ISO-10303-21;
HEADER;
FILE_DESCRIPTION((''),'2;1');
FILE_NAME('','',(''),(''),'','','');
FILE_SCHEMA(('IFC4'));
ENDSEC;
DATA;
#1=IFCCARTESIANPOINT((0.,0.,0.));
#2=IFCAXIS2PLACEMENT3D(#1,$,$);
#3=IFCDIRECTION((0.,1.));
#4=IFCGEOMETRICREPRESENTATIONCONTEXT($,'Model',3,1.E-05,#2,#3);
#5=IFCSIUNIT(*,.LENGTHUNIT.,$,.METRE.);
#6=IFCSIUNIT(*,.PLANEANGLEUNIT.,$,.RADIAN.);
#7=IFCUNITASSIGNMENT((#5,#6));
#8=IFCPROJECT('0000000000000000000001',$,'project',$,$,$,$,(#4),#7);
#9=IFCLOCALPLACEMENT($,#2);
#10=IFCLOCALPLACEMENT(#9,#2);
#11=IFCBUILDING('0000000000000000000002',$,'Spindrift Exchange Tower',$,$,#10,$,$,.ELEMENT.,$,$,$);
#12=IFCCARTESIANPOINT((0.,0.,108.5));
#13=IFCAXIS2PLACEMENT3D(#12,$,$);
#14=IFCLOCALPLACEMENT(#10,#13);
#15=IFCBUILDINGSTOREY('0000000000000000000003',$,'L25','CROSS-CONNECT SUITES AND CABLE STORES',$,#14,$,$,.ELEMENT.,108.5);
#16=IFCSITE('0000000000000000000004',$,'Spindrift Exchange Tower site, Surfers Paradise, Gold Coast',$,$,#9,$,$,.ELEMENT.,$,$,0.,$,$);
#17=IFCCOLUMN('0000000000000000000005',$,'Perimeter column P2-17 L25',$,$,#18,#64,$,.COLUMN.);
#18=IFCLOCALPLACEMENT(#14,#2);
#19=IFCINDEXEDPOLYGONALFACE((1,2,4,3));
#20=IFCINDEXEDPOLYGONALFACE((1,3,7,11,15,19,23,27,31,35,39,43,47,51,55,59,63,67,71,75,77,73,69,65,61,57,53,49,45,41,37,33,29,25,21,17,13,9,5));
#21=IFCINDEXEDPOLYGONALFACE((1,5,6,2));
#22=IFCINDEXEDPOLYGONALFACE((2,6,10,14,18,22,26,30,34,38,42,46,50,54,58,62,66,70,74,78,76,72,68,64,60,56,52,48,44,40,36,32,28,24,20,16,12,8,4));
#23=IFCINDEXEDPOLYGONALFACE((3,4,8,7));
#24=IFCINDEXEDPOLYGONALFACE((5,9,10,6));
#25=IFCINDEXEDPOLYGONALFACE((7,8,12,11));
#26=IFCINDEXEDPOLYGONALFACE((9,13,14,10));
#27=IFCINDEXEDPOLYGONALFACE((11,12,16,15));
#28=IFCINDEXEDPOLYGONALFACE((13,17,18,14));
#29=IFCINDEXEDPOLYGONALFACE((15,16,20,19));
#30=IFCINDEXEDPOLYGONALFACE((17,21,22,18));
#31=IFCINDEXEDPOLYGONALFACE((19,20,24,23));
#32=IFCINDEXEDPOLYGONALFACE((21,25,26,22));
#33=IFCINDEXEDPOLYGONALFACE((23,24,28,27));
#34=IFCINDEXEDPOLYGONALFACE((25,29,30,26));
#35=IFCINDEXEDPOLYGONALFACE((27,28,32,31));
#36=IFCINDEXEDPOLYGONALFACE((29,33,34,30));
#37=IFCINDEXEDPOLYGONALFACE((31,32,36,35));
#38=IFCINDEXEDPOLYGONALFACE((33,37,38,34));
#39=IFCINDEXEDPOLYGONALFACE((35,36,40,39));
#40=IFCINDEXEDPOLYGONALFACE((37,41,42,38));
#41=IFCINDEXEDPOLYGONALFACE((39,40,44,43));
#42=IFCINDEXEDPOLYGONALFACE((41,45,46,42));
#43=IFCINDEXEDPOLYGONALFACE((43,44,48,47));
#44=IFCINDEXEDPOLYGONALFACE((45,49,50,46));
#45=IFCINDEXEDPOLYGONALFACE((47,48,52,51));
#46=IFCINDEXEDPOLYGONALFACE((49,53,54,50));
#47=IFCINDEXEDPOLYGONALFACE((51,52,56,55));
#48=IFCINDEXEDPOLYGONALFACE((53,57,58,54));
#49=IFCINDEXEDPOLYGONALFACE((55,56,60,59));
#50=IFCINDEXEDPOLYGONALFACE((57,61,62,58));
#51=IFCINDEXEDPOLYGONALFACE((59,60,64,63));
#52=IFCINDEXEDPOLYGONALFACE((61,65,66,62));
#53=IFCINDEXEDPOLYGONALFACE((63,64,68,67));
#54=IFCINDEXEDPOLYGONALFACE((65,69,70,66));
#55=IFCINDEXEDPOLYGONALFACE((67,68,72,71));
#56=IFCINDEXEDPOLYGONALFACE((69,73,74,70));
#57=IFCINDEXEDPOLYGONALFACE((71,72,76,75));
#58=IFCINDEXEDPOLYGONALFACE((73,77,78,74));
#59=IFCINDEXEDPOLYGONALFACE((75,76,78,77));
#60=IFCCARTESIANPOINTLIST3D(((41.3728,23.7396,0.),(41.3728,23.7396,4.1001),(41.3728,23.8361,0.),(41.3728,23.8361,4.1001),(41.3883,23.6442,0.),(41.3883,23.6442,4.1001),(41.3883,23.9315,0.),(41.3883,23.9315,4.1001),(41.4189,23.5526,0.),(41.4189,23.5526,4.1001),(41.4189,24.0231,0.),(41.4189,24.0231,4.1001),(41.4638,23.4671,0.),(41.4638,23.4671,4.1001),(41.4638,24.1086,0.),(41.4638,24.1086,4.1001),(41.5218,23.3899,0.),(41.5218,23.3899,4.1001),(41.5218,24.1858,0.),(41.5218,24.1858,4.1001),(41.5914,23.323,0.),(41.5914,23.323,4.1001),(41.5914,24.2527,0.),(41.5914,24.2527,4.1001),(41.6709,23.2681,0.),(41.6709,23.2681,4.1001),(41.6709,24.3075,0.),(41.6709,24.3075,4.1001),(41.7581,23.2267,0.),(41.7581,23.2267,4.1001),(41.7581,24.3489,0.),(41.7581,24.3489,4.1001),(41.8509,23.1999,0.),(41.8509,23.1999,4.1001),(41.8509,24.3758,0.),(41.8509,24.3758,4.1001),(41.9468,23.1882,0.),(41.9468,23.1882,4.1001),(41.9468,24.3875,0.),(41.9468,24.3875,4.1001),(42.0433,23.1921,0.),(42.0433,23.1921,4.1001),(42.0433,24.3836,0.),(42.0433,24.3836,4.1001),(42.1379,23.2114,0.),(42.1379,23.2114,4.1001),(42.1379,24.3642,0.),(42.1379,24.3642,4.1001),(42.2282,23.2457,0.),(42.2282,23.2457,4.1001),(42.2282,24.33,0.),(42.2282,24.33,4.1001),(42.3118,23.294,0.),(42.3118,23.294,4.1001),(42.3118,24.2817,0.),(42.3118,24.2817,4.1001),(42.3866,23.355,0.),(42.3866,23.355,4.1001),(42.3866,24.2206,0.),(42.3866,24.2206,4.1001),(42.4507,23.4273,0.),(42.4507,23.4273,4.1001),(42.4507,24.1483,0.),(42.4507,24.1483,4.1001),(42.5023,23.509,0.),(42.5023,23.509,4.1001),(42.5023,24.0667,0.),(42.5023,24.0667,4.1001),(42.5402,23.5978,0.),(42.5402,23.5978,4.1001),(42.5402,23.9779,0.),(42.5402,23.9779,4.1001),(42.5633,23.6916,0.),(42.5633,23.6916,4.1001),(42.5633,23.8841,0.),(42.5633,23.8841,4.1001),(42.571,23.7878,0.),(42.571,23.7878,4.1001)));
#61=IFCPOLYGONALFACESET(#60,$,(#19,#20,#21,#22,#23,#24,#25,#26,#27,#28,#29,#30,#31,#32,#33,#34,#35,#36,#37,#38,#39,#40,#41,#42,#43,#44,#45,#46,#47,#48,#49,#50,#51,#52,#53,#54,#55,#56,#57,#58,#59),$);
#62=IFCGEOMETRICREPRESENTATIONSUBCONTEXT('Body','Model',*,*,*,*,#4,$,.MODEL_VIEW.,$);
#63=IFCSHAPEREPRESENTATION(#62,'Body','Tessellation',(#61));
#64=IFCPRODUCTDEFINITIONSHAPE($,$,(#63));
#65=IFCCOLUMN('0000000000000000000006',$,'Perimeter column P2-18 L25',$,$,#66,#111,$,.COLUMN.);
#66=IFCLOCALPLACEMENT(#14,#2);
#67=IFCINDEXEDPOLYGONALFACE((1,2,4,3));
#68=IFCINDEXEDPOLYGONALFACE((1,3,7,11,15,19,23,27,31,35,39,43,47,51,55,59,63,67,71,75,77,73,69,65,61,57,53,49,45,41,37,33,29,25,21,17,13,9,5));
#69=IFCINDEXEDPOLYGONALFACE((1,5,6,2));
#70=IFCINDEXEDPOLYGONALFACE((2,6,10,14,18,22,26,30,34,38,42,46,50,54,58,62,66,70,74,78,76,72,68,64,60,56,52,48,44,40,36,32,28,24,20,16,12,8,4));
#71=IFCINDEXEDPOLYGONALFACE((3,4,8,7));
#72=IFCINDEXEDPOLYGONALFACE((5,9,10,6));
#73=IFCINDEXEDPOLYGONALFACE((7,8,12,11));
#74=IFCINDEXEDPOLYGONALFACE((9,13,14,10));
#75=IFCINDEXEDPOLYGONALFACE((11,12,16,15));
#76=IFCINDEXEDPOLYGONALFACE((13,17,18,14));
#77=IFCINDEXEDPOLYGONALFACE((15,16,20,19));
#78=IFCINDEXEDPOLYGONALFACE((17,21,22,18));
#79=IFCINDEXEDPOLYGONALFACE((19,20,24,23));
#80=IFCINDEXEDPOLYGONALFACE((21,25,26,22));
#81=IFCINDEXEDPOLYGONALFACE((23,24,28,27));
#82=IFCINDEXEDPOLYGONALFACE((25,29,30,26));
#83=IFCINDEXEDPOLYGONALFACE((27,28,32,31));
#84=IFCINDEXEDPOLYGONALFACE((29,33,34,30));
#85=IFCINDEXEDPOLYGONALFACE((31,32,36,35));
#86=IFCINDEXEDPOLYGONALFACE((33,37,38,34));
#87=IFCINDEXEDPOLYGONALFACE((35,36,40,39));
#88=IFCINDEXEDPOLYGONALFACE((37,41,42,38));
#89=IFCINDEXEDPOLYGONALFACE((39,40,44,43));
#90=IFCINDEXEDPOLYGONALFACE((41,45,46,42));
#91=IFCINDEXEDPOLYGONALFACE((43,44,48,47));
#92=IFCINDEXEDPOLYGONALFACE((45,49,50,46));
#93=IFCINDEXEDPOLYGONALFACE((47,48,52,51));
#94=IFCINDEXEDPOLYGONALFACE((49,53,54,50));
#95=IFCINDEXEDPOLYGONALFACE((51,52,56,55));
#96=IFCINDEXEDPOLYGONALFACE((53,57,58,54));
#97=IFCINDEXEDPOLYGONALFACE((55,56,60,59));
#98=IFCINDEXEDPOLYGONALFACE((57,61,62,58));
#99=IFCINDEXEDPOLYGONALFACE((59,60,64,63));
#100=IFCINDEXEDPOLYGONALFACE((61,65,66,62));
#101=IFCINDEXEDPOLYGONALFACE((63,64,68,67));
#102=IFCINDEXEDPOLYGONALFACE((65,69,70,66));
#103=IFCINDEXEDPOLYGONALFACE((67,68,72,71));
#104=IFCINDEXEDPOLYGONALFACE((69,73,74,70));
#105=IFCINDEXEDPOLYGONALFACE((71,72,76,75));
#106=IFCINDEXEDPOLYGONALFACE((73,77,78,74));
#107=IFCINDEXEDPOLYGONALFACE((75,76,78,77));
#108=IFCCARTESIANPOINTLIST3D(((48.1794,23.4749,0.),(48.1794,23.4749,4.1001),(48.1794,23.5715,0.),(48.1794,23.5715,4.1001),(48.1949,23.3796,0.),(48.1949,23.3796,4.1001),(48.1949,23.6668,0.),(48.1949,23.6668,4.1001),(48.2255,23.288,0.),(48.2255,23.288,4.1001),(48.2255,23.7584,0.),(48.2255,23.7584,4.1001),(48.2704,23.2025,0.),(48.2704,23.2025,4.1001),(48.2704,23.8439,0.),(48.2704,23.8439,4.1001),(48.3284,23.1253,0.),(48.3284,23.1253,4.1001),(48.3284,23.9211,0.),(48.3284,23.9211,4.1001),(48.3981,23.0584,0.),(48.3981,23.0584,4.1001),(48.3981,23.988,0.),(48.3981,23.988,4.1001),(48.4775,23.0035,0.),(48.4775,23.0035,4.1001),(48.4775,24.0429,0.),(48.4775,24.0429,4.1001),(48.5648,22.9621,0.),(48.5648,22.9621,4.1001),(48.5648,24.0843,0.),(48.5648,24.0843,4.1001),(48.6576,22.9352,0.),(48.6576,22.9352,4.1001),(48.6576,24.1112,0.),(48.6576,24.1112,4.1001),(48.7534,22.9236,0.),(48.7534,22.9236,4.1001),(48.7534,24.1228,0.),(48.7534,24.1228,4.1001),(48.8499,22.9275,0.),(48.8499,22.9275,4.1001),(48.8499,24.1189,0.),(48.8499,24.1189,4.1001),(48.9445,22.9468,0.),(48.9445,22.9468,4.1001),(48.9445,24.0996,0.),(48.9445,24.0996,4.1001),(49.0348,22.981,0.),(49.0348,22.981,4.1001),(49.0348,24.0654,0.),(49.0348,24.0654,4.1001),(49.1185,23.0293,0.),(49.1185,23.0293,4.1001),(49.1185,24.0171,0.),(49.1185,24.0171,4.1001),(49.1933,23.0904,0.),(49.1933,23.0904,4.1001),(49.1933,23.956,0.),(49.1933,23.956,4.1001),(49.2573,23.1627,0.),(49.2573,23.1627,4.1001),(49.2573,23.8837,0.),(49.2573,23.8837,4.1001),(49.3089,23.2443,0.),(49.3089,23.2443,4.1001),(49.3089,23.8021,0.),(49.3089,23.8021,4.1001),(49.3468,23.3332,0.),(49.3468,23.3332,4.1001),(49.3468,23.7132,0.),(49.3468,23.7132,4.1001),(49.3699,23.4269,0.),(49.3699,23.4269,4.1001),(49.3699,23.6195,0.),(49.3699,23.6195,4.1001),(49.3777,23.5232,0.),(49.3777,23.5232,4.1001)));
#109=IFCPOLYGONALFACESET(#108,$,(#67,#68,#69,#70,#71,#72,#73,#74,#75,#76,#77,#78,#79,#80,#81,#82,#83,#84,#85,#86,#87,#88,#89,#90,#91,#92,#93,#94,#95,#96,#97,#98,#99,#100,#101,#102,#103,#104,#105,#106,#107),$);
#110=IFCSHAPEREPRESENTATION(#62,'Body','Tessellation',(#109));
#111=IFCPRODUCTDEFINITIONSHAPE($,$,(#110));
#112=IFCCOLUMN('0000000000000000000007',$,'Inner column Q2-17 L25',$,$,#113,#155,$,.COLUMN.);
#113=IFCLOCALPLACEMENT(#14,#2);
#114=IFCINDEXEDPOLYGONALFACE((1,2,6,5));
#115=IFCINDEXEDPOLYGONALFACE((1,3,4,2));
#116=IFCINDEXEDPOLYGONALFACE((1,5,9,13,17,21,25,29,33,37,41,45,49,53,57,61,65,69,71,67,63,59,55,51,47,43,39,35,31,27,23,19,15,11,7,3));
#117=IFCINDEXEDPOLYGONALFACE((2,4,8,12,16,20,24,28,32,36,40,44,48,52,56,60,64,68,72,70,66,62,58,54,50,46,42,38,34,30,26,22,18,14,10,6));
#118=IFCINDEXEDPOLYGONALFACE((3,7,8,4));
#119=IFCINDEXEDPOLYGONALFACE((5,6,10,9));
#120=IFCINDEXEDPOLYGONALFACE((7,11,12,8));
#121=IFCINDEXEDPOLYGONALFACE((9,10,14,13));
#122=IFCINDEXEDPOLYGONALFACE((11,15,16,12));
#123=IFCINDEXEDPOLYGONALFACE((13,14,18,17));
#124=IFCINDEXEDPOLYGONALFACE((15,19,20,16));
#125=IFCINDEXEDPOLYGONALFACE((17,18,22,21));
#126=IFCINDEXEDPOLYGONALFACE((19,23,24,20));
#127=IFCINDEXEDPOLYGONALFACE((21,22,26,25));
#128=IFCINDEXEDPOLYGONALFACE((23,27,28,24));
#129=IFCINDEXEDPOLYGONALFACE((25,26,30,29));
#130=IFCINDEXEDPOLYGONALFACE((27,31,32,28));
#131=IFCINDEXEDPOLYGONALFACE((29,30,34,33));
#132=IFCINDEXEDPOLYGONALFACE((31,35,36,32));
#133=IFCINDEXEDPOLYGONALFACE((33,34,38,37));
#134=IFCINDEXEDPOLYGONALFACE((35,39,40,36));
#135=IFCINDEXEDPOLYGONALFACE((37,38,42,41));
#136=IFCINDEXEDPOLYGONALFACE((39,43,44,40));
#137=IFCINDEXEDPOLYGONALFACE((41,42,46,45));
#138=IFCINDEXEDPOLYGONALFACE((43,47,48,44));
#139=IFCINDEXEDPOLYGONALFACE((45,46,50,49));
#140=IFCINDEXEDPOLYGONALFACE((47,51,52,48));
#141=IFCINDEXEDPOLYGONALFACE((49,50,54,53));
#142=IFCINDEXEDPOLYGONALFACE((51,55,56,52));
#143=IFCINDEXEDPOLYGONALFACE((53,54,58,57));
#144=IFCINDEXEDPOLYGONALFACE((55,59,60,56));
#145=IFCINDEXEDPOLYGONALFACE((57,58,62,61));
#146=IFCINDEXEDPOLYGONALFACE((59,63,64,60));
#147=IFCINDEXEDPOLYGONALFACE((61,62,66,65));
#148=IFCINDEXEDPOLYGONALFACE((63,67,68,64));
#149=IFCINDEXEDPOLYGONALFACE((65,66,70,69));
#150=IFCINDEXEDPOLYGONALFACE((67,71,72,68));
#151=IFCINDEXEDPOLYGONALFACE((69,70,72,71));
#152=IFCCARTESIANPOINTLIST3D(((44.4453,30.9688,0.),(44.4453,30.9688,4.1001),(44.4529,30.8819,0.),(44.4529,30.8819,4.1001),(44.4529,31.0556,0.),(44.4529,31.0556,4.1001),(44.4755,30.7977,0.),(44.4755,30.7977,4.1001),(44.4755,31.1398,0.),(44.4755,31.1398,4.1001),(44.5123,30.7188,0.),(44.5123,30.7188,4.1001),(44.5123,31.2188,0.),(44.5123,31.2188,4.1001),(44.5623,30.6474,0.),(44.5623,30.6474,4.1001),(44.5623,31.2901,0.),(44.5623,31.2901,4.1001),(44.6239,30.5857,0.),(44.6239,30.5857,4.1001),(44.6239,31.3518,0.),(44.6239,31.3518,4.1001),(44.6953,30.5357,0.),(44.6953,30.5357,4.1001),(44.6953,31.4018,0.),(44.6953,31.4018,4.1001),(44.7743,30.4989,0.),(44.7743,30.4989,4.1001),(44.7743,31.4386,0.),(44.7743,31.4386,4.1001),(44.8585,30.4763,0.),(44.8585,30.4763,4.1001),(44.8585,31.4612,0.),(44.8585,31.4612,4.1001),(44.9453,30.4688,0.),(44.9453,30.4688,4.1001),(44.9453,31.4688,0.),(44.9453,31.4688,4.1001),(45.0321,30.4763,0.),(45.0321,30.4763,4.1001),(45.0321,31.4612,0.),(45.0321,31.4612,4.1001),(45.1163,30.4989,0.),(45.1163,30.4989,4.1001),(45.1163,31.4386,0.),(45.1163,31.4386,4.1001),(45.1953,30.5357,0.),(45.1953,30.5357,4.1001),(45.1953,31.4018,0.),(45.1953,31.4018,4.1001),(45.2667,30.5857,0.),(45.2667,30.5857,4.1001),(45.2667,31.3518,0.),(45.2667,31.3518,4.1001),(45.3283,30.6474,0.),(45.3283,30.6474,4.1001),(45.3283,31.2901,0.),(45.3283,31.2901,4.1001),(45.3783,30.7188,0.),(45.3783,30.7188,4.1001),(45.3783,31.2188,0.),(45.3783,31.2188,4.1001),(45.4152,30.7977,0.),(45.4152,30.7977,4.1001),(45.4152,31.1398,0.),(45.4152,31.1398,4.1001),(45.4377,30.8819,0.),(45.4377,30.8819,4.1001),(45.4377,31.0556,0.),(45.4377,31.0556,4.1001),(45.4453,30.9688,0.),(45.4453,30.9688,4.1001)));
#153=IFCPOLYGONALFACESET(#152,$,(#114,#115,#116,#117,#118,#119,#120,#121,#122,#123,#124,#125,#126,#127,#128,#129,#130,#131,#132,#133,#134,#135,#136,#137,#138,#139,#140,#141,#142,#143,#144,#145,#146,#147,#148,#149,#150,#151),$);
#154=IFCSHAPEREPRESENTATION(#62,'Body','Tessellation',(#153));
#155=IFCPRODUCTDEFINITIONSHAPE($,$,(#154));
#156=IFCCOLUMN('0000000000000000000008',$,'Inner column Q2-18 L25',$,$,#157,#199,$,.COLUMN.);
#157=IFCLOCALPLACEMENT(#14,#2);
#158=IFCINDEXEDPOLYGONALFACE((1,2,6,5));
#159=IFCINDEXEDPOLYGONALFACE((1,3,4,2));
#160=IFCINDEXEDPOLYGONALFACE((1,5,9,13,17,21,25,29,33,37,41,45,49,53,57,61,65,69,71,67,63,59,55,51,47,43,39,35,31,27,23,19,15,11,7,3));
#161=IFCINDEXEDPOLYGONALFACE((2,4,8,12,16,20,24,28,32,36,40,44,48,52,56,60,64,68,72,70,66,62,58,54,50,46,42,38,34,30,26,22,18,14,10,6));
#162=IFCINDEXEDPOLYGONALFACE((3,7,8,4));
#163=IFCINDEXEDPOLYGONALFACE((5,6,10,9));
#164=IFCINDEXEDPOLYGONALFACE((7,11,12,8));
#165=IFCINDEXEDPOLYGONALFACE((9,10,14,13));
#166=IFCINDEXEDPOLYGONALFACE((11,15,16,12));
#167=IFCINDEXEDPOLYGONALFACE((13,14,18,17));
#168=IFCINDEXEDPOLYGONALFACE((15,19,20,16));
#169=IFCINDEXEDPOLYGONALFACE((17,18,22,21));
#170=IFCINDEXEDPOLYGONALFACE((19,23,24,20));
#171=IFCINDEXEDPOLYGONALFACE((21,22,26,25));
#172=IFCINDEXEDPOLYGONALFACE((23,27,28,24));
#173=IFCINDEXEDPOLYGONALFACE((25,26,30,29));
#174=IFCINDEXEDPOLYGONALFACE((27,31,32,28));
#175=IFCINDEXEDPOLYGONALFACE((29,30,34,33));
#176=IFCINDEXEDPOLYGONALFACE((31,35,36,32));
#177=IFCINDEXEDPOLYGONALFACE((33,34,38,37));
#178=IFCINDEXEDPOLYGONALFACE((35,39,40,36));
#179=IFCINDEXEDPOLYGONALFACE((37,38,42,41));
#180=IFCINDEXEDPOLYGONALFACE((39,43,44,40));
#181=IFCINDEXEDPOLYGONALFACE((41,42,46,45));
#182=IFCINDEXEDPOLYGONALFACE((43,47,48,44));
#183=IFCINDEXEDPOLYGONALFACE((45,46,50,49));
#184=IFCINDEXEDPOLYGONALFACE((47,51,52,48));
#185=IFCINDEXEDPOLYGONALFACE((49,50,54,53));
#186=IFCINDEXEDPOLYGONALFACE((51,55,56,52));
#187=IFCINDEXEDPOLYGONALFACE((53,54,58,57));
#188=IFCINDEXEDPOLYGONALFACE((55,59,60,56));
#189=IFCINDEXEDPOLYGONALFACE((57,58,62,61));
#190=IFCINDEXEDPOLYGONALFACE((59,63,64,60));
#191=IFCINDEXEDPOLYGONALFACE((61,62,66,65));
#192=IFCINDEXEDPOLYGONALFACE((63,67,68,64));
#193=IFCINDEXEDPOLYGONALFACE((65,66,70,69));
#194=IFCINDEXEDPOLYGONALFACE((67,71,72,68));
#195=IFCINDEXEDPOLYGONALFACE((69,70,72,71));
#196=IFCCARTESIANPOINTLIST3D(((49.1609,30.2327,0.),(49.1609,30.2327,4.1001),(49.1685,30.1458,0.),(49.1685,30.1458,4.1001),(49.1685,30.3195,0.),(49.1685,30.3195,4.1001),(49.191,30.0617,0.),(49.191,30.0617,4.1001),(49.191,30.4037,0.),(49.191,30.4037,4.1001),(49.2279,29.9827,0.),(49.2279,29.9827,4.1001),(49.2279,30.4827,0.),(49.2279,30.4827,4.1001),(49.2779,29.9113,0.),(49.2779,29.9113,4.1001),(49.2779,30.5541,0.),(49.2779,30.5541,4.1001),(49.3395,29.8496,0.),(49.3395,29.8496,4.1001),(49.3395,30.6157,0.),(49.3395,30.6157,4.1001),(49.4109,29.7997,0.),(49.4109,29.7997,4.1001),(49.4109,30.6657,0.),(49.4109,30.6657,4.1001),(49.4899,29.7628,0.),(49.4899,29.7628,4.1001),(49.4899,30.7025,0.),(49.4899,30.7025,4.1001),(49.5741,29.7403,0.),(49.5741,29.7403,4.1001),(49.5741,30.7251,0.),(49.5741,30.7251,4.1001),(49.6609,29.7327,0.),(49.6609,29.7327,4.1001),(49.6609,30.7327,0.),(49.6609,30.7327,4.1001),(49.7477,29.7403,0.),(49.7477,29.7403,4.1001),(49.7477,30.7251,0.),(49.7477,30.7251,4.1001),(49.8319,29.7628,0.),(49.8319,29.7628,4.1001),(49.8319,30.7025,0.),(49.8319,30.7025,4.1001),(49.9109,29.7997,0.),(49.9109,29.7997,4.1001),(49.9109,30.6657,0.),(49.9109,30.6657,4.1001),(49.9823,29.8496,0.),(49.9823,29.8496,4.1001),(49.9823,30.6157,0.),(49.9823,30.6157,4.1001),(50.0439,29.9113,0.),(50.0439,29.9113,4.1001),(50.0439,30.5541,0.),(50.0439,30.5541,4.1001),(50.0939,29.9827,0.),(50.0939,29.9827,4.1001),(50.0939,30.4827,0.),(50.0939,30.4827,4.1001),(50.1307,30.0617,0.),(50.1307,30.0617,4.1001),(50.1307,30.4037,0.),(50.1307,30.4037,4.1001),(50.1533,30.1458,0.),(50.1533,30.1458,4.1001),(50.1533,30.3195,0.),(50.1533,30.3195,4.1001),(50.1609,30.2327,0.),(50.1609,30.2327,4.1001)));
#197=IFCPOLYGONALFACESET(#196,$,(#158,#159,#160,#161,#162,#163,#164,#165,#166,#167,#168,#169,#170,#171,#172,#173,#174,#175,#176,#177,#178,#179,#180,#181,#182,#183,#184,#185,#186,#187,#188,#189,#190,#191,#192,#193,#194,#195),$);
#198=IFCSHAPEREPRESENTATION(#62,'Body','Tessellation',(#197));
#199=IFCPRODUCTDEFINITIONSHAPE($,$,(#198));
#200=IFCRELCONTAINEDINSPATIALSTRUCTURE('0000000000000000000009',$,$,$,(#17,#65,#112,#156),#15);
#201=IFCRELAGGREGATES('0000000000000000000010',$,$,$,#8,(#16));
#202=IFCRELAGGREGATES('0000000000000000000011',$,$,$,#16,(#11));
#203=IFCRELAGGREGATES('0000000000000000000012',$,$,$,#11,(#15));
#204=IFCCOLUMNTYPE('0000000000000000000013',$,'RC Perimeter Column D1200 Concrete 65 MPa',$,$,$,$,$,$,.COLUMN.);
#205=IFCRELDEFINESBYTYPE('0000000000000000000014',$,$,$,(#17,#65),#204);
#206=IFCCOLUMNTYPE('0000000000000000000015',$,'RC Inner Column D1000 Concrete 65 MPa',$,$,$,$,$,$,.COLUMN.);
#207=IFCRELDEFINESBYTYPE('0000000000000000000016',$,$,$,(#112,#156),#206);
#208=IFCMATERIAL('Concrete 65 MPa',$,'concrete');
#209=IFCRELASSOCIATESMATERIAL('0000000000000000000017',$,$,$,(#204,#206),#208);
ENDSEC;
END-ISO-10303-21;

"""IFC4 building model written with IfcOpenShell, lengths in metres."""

from ifc_helpers import new_model, si_unit, direction, frame, origin, origin_2d, place, context, subcontext, project, spatial, circle, extrude, source, transform, mapped, material, material_profile, profile_set, type_object, element, save


model = new_model("IFC4")

# Units and contexts
model_context = context("Model", 3, precision=1e-05, world=origin(), true_north=direction((0.0, 1.0)))
body_context = subcontext(model_context, "Body", "Model", "MODEL_VIEW")
ifc_project = project(units=[si_unit("LENGTHUNIT", "METRE"), si_unit("PLANEANGLEUNIT", "RADIAN")], contexts=[model_context])

# Site, building, storey
site_placement = place(None, origin())
site = spatial("IfcSite", under=ifc_project, at=site_placement, Name="Spindrift Exchange Tower site, Surfers Paradise, Gold Coast", CompositionType="ELEMENT", RefElevation=0.0)
building_placement = place(site_placement, origin())
building = spatial("IfcBuilding", under=site, at=building_placement, Name="Spindrift Exchange Tower", CompositionType="ELEMENT")
storey_placement = place(building_placement, frame((0.0, 0.0, 108.5)))
storey = spatial("IfcBuildingStorey", under=building, at=storey_placement, Name="L25", Description="CROSS-CONNECT SUITES AND CABLE STORES", CompositionType="ELEMENT", Elevation=108.5)

# Columns
ifc_material_1 = material(Name="Concrete 65 MPa", Category="concrete")
ifc_material_profile_1 = material_profile(ifc_material_1, circle(Radius=0.6001, at=origin_2d()), Name="RC D1200")
ifc_profile_set_1 = profile_set([ifc_material_profile_1], Name="Concrete 65 MPa")
column_type_1 = type_object("IfcColumnType", Name="RC Perimeter Column D1200 Concrete 65 MPa", PredefinedType="COLUMN", material=ifc_profile_set_1)
shared_shape_1 = source(origin(), body_context, "Body", "SweptSolid", [
    extrude(circle(Radius=0.6001, at=origin_2d()), origin(), (0.0, 0.0, 1.0), 4.1001),
])
for number, where, z_axis, x_axis, name in (
    (1, (41.9709, 23.7878, 0.0), (0.0, 0.0, 1.0), (1.0, 0.0, 0.0), "Perimeter column P2-17 L25"),
    (2, (48.7776, 23.5232, 0.0), (0.0, 0.0, 1.0), (1.0, 0.0, 0.0), "Perimeter column P2-18 L25"),
):
    element("IfcColumn", number, at=place(storey_placement, frame(where, z_axis=z_axis, x_axis=x_axis)), inside=storey, type_object=column_type_1, Name=name, PredefinedType="COLUMN", context=body_context, shape_type="MappedRepresentation", body=[
        mapped(shared_shape_1, transform((0.0, 0.0, 0.0), scale=1.0)),
    ])
ifc_material_profile_2 = material_profile(ifc_material_1, circle(Radius=0.5, at=origin_2d()), Name="RC D1000")
ifc_profile_set_2 = profile_set([ifc_material_profile_2], Name="Concrete 65 MPa")
column_type_2 = type_object("IfcColumnType", Name="RC Inner Column D1000 Concrete 65 MPa", PredefinedType="COLUMN", material=ifc_profile_set_2)
shared_shape_2 = source(origin(), body_context, "Body", "SweptSolid", [
    extrude(circle(Radius=0.5, at=origin_2d()), origin(), (0.0, 0.0, 1.0), 4.1001),
])
for number, where, z_axis, x_axis, name in (
    (3, (44.9453, 30.9688, 0.0), (0.0, 0.0, 1.0), (1.0, 0.0, 0.0), "Inner column Q2-17 L25"),
    (4, (49.6609, 30.2327, 0.0), (0.0, 0.0, 1.0), (1.0, 0.0, 0.0), "Inner column Q2-18 L25"),
):
    element("IfcColumn", number, at=place(storey_placement, frame(where, z_axis=z_axis, x_axis=x_axis)), inside=storey, type_object=column_type_2, Name=name, PredefinedType="COLUMN", context=body_context, shape_type="MappedRepresentation", body=[
        mapped(shared_shape_2, transform((0.0, 0.0, 0.0), scale=1.0)),
    ])

save(model, "model.ifc")
